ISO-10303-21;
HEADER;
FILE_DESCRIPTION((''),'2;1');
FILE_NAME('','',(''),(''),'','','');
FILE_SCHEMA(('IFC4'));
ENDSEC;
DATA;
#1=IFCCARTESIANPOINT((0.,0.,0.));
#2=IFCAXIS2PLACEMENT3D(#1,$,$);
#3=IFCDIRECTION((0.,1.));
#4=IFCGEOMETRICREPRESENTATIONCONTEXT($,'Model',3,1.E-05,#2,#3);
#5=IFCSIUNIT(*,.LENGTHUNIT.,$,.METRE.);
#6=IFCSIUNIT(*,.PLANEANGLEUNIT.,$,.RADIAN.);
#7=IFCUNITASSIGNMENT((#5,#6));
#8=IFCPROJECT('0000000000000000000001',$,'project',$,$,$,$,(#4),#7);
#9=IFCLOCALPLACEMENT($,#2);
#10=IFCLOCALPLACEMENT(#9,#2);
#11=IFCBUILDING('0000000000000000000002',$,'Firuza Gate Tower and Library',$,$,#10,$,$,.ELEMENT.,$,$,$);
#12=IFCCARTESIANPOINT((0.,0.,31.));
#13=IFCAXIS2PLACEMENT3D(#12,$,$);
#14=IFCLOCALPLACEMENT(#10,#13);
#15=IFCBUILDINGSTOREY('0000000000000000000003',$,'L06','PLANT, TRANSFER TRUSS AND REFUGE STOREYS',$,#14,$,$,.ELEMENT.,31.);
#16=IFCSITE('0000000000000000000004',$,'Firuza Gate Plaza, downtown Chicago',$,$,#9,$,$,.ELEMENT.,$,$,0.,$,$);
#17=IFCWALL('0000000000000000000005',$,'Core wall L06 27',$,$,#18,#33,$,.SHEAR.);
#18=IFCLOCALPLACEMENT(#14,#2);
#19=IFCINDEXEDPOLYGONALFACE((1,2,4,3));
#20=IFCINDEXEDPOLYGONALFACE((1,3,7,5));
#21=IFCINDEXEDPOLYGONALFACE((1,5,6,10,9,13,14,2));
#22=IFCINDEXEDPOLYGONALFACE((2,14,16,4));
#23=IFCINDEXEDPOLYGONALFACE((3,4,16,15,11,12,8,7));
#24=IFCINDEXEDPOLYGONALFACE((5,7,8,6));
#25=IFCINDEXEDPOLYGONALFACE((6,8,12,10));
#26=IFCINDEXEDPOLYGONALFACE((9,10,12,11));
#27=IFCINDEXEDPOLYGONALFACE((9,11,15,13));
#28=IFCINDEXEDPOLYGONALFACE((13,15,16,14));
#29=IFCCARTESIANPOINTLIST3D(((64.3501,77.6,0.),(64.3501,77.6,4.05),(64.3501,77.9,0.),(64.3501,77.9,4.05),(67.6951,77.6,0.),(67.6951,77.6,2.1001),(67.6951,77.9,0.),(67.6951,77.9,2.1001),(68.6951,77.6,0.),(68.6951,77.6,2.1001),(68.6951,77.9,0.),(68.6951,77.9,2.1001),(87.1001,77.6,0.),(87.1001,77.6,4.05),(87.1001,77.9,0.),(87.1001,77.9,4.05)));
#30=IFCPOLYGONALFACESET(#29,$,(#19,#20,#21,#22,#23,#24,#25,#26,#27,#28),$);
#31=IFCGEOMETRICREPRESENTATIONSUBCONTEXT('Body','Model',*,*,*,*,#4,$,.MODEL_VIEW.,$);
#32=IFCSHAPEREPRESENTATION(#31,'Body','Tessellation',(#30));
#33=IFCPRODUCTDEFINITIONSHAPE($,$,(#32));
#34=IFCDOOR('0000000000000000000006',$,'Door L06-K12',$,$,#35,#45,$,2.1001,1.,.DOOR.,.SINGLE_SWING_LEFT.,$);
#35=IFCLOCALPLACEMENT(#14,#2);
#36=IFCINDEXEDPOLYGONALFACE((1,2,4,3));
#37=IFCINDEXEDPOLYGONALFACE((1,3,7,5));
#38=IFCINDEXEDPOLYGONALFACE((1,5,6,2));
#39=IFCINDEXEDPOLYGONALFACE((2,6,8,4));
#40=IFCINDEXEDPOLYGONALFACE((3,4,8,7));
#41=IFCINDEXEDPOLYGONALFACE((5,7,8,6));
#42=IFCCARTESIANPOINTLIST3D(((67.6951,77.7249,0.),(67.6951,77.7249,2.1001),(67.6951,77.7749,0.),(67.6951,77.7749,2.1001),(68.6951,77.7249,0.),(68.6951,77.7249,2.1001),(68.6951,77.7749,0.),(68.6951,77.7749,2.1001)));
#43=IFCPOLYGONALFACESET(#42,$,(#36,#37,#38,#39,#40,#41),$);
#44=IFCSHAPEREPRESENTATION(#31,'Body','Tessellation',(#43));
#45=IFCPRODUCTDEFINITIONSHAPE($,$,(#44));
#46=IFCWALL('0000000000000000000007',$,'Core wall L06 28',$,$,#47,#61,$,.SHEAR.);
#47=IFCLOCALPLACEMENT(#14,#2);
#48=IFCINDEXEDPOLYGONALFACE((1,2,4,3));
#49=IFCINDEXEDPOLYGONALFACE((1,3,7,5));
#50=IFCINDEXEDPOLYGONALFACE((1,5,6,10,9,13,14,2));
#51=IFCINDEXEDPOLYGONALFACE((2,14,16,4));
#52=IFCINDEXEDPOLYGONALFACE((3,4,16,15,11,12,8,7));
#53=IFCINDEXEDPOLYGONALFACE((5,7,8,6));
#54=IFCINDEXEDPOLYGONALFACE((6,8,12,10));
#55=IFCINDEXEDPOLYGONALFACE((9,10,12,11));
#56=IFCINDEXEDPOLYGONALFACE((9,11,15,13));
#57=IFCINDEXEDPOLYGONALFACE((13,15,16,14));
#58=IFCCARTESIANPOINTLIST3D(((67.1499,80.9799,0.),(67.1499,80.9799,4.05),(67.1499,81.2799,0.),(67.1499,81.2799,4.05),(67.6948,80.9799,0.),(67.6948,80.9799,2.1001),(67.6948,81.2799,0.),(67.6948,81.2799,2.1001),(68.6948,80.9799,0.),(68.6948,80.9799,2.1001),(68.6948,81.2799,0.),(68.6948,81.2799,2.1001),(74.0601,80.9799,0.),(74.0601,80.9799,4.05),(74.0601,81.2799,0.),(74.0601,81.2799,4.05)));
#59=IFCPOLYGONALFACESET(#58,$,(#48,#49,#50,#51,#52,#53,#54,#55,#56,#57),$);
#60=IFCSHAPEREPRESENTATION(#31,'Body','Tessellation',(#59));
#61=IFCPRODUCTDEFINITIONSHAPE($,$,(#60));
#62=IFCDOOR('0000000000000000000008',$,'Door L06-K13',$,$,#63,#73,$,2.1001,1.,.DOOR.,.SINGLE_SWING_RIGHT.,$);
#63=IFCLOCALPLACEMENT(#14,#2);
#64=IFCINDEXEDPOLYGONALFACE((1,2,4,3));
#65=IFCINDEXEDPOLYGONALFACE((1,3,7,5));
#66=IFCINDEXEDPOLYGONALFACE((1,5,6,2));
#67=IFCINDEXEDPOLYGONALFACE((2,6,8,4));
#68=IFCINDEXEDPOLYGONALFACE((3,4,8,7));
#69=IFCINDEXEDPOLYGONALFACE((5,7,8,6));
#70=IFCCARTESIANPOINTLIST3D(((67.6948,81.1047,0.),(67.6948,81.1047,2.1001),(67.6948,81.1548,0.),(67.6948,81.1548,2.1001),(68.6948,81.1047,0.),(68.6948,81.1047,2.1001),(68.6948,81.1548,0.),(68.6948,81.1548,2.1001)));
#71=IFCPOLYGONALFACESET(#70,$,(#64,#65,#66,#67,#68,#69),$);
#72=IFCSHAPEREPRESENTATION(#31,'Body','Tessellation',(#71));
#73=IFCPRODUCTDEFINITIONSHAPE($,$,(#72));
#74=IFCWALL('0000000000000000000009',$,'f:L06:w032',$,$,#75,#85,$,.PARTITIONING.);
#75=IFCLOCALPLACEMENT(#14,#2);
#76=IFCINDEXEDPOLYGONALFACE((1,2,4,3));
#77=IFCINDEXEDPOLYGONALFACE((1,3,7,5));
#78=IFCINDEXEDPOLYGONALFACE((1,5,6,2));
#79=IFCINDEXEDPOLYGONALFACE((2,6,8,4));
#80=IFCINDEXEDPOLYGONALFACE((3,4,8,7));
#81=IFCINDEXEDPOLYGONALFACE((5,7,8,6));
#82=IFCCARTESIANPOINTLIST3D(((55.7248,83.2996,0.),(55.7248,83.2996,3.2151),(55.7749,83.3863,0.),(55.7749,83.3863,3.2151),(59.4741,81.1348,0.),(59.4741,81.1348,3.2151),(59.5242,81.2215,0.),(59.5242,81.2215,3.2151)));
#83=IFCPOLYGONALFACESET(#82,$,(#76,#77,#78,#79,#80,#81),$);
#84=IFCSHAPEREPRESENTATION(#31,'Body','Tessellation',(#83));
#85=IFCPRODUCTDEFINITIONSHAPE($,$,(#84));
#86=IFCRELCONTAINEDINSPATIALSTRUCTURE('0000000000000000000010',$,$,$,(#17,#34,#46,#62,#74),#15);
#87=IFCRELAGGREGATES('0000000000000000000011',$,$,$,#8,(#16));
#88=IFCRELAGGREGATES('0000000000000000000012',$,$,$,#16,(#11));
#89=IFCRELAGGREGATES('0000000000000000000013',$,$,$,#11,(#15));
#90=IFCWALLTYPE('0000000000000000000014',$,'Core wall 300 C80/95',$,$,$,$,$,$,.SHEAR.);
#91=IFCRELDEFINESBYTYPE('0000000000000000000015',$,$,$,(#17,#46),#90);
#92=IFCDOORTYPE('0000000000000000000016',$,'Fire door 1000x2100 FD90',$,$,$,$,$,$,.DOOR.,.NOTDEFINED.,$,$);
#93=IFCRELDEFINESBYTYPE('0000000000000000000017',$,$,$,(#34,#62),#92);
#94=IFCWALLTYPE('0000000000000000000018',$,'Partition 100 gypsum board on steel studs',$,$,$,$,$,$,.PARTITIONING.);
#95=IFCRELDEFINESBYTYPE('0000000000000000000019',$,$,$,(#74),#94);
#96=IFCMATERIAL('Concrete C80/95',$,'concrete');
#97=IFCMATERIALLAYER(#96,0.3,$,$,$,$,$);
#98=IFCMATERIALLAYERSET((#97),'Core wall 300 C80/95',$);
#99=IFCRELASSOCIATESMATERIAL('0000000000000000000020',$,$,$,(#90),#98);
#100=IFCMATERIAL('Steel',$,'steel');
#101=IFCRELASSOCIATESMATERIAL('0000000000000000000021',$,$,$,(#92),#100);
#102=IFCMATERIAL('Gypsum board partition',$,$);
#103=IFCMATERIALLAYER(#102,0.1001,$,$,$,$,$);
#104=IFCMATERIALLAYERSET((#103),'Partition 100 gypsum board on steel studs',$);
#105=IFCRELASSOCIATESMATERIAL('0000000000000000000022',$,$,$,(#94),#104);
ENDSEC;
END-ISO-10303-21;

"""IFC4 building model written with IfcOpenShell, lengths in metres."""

from ifc_helpers import new_model, si_unit, direction, frame, frame_2d, origin, place, context, subcontext, project, spatial, rectangle, extrude, material, layer, layer_set, type_object, element, fill, save


model = new_model("IFC4")

# Units and contexts
model_context = context("Model", 3, precision=1e-05, world=origin(), true_north=direction((0.0, 1.0)))
body_context = subcontext(model_context, "Body", "Model", "MODEL_VIEW")
ifc_project = project(units=[si_unit("LENGTHUNIT", "METRE"), si_unit("PLANEANGLEUNIT", "RADIAN")], contexts=[model_context])

# Site, building, storey
site_placement = place(None, origin())
site = spatial("IfcSite", under=ifc_project, at=site_placement, Name="Firuza Gate Plaza, downtown Chicago", CompositionType="ELEMENT", RefElevation=0.0)
building_placement = place(site_placement, origin())
building = spatial("IfcBuilding", under=site, at=building_placement, Name="Firuza Gate Tower and Library", CompositionType="ELEMENT")
storey_placement = place(building_placement, frame((0.0, 0.0, 31.0)))
storey = spatial("IfcBuildingStorey", under=building, at=storey_placement, Name="L06", Description="PLANT, TRANSFER TRUSS AND REFUGE STOREYS", CompositionType="ELEMENT", Elevation=31.0)

# Shared definitions
ifc_material_1 = material(Name="Concrete C80/95", Category="concrete")
ifc_layer_1 = layer(ifc_material_1, 0.3)
ifc_layer_set_1 = layer_set([ifc_layer_1], Name="Core wall 300 C80/95")
wall_type_1 = type_object("IfcWallType", Name="Core wall 300 C80/95", PredefinedType="SHEAR", material=ifc_layer_set_1)

# Walls, openings, doors
wall_1_placement = place(storey_placement, frame((64.3501, 77.75, 0.0), z_axis=(0.0, 0.0, 1.0), x_axis=(1.0, 0.0, 0.0)))
wall_1 = element("IfcWall", 1, at=wall_1_placement, inside=storey, type_object=wall_type_1, Name="Core wall L06 27", PredefinedType="SHEAR", context=body_context, shape_type="SweptSolid", body=[
    extrude(rectangle(XDim=22.75, YDim=0.3, at=frame_2d((11.375, 0.0))), origin(), (0.0, 0.0, 1.0), 4.05),
])
opening_1_placement = place(wall_1_placement, frame((3.345, 0.0, 0.0)))
opening_1 = element("IfcOpeningElement", 2, at=opening_1_placement, cuts=wall_1, PredefinedType="OPENING", context=body_context, shape_type="SweptSolid", body=[
    extrude(rectangle(XDim=1.0, YDim=2.1001, at=frame_2d((0.5, 1.05))), frame((0.0, 0.1602, 0.0), z_axis=(0.0, -1.0, 0.0), x_axis=(1.0, 0.0, 0.0)), (0.0, 0.0, 1.0), 0.3201),
])
ifc_material_2 = material(Name="Steel", Category="steel")
door_type_1 = type_object("IfcDoorType", Name="Fire door 1000x2100 FD90", OperationType="NOTDEFINED", PredefinedType="DOOR", material=ifc_material_2)
door_1_placement = place(opening_1_placement, origin())
door_1 = element("IfcDoor", 3, at=door_1_placement, inside=storey, type_object=door_type_1, Name="Door L06-K12", OperationType="SINGLE_SWING_LEFT", OverallHeight=2.1001, OverallWidth=1.0, PredefinedType="DOOR", context=body_context, shape_type="SweptSolid", body=[
    extrude(rectangle(XDim=1.0, YDim=2.1001, at=frame_2d((0.5, 1.05))), frame((0.0, 0.0249, 0.0), z_axis=(0.0, -1.0, 0.0), x_axis=(1.0, 0.0, 0.0)), (0.0, 0.0, 1.0), 0.05),
])
fill(opening_1, door_1)
wall_2_placement = place(storey_placement, frame((67.1499, 81.1299, 0.0), z_axis=(0.0, 0.0, 1.0), x_axis=(1.0, 0.0, 0.0)))
wall_2 = element("IfcWall", 4, at=wall_2_placement, inside=storey, type_object=wall_type_1, Name="Core wall L06 28", PredefinedType="SHEAR", context=body_context, shape_type="SweptSolid", body=[
    extrude(rectangle(XDim=6.9102, YDim=0.3, at=frame_2d((3.4551, 0.0))), origin(), (0.0, 0.0, 1.0), 4.05),
])
opening_2_placement = place(wall_2_placement, frame((0.5449, 0.0, 0.0)))
opening_2 = element("IfcOpeningElement", 5, at=opening_2_placement, cuts=wall_2, PredefinedType="OPENING", context=body_context, shape_type="SweptSolid", body=[
    extrude(rectangle(XDim=1.0, YDim=2.1001, at=frame_2d((0.5, 1.05))), frame((0.0, 0.1602, 0.0), z_axis=(0.0, -1.0, 0.0), x_axis=(1.0, 0.0, 0.0)), (0.0, 0.0, 1.0), 0.3201),
])
door_2_placement = place(opening_2_placement, origin())
door_2 = element("IfcDoor", 6, at=door_2_placement, inside=storey, type_object=door_type_1, Name="Door L06-K13", OperationType="SINGLE_SWING_RIGHT", OverallHeight=2.1001, OverallWidth=1.0, PredefinedType="DOOR", context=body_context, shape_type="SweptSolid", body=[
    extrude(rectangle(XDim=1.0, YDim=2.1001, at=frame_2d((0.5, 1.05))), frame((0.0, 0.0249, 0.0), z_axis=(0.0, -1.0, 0.0), x_axis=(1.0, 0.0, 0.0)), (0.0, 0.0, 1.0), 0.05),
])
fill(opening_2, door_2)

# Wall
ifc_material_3 = material(Name="Gypsum board partition")
ifc_layer_2 = layer(ifc_material_3, 0.1001)
ifc_layer_set_2 = layer_set([ifc_layer_2], Name="Partition 100 gypsum board on steel studs")
wall_type_2 = type_object("IfcWallType", Name="Partition 100 gypsum board on steel studs", PredefinedType="PARTITIONING", material=ifc_layer_set_2)
wall_3_placement = place(storey_placement, frame((59.499, 81.1782, 0.0), z_axis=(0.0, 0.0, 1.0), x_axis=(-0.86601, 0.500027, 0.0)))
element("IfcWall", 7, at=wall_3_placement, inside=storey, type_object=wall_type_2, Name="f:L06:w032", PredefinedType="PARTITIONING", context=body_context, shape_type="SweptSolid", body=[
    extrude(rectangle(XDim=4.3293, YDim=0.1001, at=frame_2d((2.1646, 0.0))), origin(), (0.0, 0.0, 1.0), 3.2151),
])

save(model, "model.ifc")
